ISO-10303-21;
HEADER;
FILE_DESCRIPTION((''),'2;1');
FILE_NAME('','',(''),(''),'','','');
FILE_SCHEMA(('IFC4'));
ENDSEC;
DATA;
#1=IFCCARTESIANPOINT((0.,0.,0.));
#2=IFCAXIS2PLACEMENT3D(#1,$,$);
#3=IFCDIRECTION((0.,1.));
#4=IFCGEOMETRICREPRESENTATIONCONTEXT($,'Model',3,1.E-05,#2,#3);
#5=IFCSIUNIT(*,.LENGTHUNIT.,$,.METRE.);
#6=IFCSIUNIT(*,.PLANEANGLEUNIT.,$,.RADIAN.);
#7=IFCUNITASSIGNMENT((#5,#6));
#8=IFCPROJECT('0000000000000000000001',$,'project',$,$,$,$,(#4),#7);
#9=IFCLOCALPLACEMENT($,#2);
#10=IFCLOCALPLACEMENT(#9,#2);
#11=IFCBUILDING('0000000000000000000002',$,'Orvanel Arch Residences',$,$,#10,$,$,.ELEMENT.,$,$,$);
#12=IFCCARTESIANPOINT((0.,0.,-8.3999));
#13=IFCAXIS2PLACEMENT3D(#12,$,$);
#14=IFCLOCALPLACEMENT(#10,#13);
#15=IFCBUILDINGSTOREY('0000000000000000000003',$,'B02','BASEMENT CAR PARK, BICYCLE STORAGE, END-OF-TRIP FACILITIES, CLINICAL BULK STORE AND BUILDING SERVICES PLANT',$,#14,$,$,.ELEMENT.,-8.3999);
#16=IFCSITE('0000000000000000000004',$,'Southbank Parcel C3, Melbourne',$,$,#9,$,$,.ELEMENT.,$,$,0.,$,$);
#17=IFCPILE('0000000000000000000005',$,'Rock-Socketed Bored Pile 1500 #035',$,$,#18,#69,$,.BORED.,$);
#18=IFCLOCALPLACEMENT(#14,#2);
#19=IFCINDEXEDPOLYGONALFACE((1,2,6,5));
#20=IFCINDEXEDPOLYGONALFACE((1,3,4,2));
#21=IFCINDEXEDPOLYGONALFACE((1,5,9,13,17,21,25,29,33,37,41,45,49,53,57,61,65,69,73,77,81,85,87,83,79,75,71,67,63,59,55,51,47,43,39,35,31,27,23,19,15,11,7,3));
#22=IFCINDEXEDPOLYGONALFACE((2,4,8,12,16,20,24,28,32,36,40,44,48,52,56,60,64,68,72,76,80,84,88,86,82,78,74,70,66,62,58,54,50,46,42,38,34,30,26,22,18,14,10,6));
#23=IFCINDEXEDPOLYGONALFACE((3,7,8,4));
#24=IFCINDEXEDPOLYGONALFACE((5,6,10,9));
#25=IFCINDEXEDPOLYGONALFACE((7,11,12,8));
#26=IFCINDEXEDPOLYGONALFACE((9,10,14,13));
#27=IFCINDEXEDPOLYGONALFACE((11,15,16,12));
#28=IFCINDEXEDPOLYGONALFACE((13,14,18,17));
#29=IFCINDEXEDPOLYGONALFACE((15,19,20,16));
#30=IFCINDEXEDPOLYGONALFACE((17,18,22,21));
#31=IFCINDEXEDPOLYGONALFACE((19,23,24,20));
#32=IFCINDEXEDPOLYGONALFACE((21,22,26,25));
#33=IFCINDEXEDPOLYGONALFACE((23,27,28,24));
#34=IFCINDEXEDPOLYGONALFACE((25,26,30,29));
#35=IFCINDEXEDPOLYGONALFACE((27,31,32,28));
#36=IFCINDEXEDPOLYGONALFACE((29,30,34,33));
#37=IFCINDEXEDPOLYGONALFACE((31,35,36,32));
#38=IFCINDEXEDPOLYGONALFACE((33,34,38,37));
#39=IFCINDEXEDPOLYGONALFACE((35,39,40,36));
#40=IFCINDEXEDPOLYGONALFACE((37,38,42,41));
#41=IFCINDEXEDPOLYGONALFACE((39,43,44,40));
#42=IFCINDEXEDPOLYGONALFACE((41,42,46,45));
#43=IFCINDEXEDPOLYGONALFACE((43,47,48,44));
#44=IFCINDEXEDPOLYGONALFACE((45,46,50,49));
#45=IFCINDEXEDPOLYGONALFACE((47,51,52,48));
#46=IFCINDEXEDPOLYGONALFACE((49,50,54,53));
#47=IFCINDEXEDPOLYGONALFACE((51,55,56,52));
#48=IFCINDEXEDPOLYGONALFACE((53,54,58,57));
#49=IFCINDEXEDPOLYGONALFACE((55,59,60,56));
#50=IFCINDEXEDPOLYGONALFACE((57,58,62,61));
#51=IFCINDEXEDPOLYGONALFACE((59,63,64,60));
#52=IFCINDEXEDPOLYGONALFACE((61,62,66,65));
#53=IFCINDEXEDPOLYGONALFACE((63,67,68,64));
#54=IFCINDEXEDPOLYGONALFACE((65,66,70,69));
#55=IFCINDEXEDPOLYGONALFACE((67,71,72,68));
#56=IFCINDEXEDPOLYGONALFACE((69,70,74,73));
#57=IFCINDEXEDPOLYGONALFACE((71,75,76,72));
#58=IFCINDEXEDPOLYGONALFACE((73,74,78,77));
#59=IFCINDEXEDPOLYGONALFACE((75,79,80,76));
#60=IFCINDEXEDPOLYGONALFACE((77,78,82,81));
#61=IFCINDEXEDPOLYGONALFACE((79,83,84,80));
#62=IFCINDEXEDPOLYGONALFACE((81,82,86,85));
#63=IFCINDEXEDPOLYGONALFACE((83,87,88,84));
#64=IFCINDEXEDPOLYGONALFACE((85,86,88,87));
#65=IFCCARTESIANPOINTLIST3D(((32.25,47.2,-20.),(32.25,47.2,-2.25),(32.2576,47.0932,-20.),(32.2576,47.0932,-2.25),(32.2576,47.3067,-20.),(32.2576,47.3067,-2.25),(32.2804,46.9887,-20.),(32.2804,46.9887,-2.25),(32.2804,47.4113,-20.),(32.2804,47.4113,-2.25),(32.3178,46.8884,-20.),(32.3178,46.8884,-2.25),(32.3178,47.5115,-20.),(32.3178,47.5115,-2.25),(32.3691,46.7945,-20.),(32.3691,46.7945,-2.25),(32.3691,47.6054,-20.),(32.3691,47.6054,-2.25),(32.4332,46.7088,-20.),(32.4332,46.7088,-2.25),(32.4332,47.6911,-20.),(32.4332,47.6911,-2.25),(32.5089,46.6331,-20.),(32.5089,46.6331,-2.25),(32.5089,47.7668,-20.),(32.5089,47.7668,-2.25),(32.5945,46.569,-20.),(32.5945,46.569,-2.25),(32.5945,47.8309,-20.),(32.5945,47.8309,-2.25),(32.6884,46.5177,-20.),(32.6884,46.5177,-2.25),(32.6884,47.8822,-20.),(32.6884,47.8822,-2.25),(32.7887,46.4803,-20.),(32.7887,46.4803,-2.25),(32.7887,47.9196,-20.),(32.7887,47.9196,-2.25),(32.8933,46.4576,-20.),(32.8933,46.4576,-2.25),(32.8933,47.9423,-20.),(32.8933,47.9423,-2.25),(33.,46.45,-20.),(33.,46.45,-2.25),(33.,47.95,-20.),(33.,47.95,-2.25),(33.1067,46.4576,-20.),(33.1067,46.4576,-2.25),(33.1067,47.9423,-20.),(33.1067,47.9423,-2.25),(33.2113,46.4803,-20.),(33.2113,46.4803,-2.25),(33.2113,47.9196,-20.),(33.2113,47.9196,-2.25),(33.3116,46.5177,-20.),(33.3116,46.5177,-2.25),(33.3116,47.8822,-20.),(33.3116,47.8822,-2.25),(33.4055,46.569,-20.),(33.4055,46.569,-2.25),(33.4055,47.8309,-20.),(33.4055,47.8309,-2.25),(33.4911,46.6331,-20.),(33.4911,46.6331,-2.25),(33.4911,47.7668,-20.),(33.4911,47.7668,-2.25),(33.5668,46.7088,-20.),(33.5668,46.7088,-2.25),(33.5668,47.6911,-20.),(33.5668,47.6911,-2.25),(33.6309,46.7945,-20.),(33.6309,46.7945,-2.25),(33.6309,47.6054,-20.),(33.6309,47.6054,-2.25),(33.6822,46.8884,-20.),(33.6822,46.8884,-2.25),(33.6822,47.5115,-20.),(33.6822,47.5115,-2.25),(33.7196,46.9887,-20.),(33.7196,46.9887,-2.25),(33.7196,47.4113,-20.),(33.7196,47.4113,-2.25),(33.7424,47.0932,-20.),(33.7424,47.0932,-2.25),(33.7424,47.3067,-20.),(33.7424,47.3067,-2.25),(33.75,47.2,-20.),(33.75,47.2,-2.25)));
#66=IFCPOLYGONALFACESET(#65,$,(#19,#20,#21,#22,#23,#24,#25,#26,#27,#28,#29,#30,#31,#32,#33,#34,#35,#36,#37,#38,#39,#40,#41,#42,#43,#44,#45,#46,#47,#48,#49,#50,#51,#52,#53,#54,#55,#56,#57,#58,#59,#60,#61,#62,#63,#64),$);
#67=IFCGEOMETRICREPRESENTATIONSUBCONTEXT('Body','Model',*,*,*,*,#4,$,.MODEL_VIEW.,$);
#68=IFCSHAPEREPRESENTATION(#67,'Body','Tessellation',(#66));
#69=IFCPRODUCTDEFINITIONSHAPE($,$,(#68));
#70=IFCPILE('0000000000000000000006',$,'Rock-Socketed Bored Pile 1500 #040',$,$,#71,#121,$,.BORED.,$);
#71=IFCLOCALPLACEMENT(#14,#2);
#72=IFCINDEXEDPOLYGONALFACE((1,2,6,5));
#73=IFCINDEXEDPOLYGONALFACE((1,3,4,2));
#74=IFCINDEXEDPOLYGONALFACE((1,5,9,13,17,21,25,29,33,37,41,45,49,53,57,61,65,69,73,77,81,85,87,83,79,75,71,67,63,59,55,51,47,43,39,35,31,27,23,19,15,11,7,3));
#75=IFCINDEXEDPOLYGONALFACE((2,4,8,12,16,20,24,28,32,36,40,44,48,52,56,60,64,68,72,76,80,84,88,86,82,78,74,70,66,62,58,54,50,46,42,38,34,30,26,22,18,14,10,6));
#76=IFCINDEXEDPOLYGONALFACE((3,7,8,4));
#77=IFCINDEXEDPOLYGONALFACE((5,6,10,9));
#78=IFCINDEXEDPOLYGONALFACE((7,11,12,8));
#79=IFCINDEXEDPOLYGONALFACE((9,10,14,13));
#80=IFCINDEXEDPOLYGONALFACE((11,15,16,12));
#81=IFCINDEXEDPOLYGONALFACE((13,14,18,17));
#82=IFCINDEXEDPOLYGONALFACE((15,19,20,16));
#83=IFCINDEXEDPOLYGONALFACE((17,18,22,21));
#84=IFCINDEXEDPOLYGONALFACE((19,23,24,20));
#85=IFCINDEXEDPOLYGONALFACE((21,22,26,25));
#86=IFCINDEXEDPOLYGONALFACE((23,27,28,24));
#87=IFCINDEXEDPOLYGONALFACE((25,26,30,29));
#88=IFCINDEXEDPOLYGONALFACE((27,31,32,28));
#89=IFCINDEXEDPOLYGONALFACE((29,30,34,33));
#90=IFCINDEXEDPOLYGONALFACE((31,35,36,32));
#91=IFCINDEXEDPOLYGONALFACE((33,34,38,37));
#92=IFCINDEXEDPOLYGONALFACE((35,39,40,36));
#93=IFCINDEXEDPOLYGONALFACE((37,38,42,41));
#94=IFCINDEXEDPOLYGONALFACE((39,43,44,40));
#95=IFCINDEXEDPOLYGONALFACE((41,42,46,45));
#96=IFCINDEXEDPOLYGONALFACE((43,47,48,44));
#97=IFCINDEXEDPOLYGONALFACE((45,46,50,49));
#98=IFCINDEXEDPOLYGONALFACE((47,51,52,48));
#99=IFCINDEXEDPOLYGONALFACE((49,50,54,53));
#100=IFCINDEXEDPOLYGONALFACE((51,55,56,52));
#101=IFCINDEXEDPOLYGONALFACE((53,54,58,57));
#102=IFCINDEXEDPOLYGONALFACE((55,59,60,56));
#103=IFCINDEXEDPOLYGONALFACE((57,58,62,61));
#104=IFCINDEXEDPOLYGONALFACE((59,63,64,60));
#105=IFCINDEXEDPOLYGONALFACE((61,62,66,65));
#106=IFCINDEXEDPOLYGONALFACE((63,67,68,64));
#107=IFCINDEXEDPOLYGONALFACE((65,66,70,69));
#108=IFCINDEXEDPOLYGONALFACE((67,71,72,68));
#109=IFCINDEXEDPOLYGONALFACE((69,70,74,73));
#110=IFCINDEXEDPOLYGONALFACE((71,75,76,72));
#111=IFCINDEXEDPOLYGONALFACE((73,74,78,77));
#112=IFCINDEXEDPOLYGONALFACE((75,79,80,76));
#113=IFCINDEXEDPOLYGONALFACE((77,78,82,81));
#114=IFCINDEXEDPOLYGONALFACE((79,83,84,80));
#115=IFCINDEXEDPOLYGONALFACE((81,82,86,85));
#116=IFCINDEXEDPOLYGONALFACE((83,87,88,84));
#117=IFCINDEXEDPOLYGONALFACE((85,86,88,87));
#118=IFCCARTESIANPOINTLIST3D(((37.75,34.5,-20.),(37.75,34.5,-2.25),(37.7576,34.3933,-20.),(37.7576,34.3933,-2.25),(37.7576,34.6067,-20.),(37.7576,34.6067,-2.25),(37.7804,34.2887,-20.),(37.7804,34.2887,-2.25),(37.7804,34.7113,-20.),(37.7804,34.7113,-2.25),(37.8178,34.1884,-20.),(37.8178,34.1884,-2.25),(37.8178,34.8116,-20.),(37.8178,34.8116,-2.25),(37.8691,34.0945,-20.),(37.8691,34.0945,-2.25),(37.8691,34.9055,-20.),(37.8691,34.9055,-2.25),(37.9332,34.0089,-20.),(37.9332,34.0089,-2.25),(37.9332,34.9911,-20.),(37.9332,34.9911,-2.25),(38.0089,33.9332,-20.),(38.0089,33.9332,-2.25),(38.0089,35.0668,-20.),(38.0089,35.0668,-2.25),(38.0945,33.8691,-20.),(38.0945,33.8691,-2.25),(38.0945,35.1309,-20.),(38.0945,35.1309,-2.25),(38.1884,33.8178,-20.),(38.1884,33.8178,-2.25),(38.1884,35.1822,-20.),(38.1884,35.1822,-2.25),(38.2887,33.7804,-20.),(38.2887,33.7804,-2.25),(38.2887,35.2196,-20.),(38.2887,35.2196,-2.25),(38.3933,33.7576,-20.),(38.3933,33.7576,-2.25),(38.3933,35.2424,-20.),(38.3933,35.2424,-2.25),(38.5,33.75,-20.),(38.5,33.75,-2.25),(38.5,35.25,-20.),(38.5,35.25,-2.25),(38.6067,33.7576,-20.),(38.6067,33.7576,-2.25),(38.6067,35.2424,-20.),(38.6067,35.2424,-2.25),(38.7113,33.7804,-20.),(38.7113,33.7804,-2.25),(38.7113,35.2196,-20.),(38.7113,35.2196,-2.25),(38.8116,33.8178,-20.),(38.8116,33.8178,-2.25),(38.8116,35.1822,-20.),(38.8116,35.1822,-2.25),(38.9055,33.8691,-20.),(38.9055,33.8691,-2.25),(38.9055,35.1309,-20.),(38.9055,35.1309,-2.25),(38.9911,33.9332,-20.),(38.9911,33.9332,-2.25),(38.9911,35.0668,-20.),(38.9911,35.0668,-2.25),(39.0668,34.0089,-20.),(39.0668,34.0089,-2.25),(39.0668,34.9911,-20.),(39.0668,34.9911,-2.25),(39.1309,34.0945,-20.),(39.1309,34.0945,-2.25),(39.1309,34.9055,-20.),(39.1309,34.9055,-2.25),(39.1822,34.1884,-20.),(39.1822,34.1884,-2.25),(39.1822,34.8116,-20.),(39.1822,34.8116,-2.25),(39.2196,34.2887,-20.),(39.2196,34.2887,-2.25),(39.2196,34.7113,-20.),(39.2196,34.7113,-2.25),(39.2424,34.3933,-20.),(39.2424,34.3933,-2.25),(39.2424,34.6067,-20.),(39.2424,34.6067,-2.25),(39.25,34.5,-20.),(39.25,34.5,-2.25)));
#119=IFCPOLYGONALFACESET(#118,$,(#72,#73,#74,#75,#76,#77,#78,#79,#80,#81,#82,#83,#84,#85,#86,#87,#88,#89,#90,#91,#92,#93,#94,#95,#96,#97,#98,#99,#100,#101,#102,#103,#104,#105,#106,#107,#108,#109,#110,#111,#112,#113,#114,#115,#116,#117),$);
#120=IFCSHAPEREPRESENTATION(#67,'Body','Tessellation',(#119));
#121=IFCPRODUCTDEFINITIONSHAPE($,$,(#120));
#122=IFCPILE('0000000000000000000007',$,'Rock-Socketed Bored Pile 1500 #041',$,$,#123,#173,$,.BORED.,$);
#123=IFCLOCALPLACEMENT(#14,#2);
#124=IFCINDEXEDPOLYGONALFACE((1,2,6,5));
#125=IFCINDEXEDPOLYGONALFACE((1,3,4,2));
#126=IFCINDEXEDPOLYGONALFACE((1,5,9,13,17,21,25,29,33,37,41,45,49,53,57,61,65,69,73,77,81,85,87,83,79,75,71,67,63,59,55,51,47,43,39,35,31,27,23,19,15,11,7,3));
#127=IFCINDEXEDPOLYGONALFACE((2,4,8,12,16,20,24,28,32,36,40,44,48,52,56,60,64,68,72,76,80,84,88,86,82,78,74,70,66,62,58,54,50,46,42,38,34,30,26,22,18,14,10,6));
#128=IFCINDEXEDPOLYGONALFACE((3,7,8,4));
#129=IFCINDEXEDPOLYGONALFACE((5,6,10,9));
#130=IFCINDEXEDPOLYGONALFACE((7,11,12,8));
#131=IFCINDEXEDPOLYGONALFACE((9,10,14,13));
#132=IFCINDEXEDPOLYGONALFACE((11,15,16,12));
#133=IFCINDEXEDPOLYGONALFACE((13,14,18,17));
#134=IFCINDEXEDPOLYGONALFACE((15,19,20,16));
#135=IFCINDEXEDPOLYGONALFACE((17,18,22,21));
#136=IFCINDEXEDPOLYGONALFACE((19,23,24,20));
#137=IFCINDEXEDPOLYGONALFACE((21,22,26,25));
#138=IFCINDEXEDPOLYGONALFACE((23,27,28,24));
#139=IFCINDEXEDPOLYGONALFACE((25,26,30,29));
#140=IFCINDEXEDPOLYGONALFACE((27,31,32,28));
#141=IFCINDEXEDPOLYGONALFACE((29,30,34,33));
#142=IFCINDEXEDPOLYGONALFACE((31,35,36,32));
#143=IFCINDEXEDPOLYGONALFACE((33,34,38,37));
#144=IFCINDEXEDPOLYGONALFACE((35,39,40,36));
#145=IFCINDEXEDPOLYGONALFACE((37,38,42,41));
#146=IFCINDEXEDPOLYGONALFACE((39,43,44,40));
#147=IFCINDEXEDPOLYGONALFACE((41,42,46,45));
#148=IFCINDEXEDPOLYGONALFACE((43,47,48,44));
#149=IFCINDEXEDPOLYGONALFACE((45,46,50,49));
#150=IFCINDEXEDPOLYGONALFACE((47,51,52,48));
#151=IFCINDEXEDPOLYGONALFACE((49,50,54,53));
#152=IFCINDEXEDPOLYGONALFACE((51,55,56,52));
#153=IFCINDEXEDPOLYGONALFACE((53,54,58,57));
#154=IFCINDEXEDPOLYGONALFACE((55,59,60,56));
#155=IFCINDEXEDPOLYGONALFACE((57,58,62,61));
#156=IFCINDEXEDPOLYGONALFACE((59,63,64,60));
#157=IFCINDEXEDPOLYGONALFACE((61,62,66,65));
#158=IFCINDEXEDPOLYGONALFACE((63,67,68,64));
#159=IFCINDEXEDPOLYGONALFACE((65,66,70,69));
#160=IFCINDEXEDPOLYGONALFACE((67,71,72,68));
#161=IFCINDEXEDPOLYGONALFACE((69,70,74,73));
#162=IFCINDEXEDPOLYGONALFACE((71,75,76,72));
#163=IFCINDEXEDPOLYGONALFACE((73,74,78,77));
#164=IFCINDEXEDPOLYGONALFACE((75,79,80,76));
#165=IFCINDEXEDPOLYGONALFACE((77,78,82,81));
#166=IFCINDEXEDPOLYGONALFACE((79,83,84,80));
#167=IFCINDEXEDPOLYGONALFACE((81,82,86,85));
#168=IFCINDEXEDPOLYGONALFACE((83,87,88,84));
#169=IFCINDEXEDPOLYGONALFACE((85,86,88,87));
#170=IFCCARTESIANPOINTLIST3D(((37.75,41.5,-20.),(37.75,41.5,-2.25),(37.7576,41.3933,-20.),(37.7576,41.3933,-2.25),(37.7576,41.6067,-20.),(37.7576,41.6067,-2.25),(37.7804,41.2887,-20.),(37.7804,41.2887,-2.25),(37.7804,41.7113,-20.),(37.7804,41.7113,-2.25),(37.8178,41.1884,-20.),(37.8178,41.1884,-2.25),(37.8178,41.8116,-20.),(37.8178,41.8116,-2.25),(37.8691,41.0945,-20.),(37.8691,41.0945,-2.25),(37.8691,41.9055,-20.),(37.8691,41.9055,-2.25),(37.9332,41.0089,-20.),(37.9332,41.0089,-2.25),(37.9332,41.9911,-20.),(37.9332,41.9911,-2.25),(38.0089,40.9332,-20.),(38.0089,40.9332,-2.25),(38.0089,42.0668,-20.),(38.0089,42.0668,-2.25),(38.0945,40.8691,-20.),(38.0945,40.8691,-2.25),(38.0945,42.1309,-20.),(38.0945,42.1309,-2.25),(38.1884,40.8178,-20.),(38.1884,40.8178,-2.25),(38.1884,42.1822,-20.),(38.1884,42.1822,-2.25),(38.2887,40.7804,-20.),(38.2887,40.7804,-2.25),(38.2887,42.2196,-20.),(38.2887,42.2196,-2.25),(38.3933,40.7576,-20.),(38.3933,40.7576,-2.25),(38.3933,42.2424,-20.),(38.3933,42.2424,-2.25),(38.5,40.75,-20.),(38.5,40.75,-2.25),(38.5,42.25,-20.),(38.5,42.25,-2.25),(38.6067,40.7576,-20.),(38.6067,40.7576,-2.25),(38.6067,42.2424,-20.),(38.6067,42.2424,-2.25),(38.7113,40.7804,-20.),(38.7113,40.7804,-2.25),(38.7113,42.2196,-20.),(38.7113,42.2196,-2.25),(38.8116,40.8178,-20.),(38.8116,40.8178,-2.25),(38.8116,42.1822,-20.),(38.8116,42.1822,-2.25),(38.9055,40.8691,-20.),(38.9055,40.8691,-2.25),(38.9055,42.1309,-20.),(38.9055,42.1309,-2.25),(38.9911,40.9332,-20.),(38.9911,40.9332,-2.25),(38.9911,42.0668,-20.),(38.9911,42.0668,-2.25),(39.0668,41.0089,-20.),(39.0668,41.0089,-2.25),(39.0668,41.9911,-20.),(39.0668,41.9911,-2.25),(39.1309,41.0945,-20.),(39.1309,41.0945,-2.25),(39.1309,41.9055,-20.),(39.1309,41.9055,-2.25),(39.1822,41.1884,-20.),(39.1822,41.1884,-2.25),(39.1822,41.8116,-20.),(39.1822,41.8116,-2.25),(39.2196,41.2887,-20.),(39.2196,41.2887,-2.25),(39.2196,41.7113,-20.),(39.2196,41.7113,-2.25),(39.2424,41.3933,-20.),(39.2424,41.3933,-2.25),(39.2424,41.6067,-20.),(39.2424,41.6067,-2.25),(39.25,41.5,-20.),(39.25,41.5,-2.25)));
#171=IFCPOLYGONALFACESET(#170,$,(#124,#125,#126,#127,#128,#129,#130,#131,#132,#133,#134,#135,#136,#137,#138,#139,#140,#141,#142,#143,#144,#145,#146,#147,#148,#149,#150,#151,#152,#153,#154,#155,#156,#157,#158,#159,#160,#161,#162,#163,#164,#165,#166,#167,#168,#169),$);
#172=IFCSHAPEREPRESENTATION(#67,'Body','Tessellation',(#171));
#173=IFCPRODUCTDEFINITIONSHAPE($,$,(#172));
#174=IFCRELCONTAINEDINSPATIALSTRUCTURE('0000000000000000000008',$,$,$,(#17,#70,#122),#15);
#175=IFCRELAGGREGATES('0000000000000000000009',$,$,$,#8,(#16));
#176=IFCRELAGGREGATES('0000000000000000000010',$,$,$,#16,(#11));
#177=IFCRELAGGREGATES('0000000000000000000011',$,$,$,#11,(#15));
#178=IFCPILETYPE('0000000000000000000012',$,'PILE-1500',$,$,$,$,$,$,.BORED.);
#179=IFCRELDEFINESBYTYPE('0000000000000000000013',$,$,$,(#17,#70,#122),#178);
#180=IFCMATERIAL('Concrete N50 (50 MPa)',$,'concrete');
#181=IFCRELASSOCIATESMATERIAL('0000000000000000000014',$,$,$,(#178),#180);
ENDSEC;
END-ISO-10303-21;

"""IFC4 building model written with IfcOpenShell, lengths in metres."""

from ifc_helpers import new_model, si_unit, direction, frame, origin, origin_2d, place, context, subcontext, project, spatial, circle, extrude, material, material_profile, profile_set, type_object, element, save


model = new_model("IFC4")

# Units and contexts
model_context = context("Model", 3, precision=1e-05, world=origin(), true_north=direction((0.0, 1.0)))
body_context = subcontext(model_context, "Body", "Model", "MODEL_VIEW")
ifc_project = project(units=[si_unit("LENGTHUNIT", "METRE"), si_unit("PLANEANGLEUNIT", "RADIAN")], contexts=[model_context])

# Site, building, storey
site_placement = place(None, origin())
site = spatial("IfcSite", under=ifc_project, at=site_placement, Name="Southbank Parcel C3, Melbourne", CompositionType="ELEMENT", RefElevation=0.0)
building_placement = place(site_placement, origin())
building = spatial("IfcBuilding", under=site, at=building_placement, Name="Orvanel Arch Residences", CompositionType="ELEMENT")
storey_placement = place(building_placement, frame((0.0, 0.0, -8.3999)))
storey = spatial("IfcBuildingStorey", under=building, at=storey_placement, Name="B02", Description="BASEMENT CAR PARK, BICYCLE STORAGE, END-OF-TRIP FACILITIES, CLINICAL BULK STORE AND BUILDING SERVICES PLANT", CompositionType="ELEMENT", Elevation=-8.3999)

# Shared definitions
ifc_material_1 = material(Name="Concrete N50 (50 MPa)", Category="concrete")

# Piles
ifc_material_profile_1 = material_profile(ifc_material_1, circle(Radius=0.75, at=origin_2d()), Name="PILE1500")
ifc_profile_set_1 = profile_set([ifc_material_profile_1], Name="Concrete N50 (50 MPa)")
pile_type_1 = type_object("IfcPileType", Name="PILE-1500", PredefinedType="BORED", material=ifc_profile_set_1)
for number, where, z_axis, x_axis, name in (
    (1, (33.0, 47.2, -2.25), (0.0, 0.0, -1.0), (1.0, 0.0, 0.0), "Rock-Socketed Bored Pile 1500 #035"),
    (2, (38.5, 34.5, -2.25), (0.0, 0.0, -1.0), (1.0, 0.0, 0.0), "Rock-Socketed Bored Pile 1500 #040"),
    (3, (38.5, 41.5, -2.25), (0.0, 0.0, -1.0), (1.0, 0.0, 0.0), "Rock-Socketed Bored Pile 1500 #041"),
):
    element("IfcPile", number, at=place(storey_placement, frame(where, z_axis=z_axis, x_axis=x_axis)), inside=storey, type_object=pile_type_1, Name=name, PredefinedType="BORED", context=body_context, shape_type="SweptSolid", body=[
        extrude(circle(Radius=0.75, at=origin_2d()), origin(), (0.0, 0.0, 1.0), 17.75),
    ])

save(model, "model.ifc")
